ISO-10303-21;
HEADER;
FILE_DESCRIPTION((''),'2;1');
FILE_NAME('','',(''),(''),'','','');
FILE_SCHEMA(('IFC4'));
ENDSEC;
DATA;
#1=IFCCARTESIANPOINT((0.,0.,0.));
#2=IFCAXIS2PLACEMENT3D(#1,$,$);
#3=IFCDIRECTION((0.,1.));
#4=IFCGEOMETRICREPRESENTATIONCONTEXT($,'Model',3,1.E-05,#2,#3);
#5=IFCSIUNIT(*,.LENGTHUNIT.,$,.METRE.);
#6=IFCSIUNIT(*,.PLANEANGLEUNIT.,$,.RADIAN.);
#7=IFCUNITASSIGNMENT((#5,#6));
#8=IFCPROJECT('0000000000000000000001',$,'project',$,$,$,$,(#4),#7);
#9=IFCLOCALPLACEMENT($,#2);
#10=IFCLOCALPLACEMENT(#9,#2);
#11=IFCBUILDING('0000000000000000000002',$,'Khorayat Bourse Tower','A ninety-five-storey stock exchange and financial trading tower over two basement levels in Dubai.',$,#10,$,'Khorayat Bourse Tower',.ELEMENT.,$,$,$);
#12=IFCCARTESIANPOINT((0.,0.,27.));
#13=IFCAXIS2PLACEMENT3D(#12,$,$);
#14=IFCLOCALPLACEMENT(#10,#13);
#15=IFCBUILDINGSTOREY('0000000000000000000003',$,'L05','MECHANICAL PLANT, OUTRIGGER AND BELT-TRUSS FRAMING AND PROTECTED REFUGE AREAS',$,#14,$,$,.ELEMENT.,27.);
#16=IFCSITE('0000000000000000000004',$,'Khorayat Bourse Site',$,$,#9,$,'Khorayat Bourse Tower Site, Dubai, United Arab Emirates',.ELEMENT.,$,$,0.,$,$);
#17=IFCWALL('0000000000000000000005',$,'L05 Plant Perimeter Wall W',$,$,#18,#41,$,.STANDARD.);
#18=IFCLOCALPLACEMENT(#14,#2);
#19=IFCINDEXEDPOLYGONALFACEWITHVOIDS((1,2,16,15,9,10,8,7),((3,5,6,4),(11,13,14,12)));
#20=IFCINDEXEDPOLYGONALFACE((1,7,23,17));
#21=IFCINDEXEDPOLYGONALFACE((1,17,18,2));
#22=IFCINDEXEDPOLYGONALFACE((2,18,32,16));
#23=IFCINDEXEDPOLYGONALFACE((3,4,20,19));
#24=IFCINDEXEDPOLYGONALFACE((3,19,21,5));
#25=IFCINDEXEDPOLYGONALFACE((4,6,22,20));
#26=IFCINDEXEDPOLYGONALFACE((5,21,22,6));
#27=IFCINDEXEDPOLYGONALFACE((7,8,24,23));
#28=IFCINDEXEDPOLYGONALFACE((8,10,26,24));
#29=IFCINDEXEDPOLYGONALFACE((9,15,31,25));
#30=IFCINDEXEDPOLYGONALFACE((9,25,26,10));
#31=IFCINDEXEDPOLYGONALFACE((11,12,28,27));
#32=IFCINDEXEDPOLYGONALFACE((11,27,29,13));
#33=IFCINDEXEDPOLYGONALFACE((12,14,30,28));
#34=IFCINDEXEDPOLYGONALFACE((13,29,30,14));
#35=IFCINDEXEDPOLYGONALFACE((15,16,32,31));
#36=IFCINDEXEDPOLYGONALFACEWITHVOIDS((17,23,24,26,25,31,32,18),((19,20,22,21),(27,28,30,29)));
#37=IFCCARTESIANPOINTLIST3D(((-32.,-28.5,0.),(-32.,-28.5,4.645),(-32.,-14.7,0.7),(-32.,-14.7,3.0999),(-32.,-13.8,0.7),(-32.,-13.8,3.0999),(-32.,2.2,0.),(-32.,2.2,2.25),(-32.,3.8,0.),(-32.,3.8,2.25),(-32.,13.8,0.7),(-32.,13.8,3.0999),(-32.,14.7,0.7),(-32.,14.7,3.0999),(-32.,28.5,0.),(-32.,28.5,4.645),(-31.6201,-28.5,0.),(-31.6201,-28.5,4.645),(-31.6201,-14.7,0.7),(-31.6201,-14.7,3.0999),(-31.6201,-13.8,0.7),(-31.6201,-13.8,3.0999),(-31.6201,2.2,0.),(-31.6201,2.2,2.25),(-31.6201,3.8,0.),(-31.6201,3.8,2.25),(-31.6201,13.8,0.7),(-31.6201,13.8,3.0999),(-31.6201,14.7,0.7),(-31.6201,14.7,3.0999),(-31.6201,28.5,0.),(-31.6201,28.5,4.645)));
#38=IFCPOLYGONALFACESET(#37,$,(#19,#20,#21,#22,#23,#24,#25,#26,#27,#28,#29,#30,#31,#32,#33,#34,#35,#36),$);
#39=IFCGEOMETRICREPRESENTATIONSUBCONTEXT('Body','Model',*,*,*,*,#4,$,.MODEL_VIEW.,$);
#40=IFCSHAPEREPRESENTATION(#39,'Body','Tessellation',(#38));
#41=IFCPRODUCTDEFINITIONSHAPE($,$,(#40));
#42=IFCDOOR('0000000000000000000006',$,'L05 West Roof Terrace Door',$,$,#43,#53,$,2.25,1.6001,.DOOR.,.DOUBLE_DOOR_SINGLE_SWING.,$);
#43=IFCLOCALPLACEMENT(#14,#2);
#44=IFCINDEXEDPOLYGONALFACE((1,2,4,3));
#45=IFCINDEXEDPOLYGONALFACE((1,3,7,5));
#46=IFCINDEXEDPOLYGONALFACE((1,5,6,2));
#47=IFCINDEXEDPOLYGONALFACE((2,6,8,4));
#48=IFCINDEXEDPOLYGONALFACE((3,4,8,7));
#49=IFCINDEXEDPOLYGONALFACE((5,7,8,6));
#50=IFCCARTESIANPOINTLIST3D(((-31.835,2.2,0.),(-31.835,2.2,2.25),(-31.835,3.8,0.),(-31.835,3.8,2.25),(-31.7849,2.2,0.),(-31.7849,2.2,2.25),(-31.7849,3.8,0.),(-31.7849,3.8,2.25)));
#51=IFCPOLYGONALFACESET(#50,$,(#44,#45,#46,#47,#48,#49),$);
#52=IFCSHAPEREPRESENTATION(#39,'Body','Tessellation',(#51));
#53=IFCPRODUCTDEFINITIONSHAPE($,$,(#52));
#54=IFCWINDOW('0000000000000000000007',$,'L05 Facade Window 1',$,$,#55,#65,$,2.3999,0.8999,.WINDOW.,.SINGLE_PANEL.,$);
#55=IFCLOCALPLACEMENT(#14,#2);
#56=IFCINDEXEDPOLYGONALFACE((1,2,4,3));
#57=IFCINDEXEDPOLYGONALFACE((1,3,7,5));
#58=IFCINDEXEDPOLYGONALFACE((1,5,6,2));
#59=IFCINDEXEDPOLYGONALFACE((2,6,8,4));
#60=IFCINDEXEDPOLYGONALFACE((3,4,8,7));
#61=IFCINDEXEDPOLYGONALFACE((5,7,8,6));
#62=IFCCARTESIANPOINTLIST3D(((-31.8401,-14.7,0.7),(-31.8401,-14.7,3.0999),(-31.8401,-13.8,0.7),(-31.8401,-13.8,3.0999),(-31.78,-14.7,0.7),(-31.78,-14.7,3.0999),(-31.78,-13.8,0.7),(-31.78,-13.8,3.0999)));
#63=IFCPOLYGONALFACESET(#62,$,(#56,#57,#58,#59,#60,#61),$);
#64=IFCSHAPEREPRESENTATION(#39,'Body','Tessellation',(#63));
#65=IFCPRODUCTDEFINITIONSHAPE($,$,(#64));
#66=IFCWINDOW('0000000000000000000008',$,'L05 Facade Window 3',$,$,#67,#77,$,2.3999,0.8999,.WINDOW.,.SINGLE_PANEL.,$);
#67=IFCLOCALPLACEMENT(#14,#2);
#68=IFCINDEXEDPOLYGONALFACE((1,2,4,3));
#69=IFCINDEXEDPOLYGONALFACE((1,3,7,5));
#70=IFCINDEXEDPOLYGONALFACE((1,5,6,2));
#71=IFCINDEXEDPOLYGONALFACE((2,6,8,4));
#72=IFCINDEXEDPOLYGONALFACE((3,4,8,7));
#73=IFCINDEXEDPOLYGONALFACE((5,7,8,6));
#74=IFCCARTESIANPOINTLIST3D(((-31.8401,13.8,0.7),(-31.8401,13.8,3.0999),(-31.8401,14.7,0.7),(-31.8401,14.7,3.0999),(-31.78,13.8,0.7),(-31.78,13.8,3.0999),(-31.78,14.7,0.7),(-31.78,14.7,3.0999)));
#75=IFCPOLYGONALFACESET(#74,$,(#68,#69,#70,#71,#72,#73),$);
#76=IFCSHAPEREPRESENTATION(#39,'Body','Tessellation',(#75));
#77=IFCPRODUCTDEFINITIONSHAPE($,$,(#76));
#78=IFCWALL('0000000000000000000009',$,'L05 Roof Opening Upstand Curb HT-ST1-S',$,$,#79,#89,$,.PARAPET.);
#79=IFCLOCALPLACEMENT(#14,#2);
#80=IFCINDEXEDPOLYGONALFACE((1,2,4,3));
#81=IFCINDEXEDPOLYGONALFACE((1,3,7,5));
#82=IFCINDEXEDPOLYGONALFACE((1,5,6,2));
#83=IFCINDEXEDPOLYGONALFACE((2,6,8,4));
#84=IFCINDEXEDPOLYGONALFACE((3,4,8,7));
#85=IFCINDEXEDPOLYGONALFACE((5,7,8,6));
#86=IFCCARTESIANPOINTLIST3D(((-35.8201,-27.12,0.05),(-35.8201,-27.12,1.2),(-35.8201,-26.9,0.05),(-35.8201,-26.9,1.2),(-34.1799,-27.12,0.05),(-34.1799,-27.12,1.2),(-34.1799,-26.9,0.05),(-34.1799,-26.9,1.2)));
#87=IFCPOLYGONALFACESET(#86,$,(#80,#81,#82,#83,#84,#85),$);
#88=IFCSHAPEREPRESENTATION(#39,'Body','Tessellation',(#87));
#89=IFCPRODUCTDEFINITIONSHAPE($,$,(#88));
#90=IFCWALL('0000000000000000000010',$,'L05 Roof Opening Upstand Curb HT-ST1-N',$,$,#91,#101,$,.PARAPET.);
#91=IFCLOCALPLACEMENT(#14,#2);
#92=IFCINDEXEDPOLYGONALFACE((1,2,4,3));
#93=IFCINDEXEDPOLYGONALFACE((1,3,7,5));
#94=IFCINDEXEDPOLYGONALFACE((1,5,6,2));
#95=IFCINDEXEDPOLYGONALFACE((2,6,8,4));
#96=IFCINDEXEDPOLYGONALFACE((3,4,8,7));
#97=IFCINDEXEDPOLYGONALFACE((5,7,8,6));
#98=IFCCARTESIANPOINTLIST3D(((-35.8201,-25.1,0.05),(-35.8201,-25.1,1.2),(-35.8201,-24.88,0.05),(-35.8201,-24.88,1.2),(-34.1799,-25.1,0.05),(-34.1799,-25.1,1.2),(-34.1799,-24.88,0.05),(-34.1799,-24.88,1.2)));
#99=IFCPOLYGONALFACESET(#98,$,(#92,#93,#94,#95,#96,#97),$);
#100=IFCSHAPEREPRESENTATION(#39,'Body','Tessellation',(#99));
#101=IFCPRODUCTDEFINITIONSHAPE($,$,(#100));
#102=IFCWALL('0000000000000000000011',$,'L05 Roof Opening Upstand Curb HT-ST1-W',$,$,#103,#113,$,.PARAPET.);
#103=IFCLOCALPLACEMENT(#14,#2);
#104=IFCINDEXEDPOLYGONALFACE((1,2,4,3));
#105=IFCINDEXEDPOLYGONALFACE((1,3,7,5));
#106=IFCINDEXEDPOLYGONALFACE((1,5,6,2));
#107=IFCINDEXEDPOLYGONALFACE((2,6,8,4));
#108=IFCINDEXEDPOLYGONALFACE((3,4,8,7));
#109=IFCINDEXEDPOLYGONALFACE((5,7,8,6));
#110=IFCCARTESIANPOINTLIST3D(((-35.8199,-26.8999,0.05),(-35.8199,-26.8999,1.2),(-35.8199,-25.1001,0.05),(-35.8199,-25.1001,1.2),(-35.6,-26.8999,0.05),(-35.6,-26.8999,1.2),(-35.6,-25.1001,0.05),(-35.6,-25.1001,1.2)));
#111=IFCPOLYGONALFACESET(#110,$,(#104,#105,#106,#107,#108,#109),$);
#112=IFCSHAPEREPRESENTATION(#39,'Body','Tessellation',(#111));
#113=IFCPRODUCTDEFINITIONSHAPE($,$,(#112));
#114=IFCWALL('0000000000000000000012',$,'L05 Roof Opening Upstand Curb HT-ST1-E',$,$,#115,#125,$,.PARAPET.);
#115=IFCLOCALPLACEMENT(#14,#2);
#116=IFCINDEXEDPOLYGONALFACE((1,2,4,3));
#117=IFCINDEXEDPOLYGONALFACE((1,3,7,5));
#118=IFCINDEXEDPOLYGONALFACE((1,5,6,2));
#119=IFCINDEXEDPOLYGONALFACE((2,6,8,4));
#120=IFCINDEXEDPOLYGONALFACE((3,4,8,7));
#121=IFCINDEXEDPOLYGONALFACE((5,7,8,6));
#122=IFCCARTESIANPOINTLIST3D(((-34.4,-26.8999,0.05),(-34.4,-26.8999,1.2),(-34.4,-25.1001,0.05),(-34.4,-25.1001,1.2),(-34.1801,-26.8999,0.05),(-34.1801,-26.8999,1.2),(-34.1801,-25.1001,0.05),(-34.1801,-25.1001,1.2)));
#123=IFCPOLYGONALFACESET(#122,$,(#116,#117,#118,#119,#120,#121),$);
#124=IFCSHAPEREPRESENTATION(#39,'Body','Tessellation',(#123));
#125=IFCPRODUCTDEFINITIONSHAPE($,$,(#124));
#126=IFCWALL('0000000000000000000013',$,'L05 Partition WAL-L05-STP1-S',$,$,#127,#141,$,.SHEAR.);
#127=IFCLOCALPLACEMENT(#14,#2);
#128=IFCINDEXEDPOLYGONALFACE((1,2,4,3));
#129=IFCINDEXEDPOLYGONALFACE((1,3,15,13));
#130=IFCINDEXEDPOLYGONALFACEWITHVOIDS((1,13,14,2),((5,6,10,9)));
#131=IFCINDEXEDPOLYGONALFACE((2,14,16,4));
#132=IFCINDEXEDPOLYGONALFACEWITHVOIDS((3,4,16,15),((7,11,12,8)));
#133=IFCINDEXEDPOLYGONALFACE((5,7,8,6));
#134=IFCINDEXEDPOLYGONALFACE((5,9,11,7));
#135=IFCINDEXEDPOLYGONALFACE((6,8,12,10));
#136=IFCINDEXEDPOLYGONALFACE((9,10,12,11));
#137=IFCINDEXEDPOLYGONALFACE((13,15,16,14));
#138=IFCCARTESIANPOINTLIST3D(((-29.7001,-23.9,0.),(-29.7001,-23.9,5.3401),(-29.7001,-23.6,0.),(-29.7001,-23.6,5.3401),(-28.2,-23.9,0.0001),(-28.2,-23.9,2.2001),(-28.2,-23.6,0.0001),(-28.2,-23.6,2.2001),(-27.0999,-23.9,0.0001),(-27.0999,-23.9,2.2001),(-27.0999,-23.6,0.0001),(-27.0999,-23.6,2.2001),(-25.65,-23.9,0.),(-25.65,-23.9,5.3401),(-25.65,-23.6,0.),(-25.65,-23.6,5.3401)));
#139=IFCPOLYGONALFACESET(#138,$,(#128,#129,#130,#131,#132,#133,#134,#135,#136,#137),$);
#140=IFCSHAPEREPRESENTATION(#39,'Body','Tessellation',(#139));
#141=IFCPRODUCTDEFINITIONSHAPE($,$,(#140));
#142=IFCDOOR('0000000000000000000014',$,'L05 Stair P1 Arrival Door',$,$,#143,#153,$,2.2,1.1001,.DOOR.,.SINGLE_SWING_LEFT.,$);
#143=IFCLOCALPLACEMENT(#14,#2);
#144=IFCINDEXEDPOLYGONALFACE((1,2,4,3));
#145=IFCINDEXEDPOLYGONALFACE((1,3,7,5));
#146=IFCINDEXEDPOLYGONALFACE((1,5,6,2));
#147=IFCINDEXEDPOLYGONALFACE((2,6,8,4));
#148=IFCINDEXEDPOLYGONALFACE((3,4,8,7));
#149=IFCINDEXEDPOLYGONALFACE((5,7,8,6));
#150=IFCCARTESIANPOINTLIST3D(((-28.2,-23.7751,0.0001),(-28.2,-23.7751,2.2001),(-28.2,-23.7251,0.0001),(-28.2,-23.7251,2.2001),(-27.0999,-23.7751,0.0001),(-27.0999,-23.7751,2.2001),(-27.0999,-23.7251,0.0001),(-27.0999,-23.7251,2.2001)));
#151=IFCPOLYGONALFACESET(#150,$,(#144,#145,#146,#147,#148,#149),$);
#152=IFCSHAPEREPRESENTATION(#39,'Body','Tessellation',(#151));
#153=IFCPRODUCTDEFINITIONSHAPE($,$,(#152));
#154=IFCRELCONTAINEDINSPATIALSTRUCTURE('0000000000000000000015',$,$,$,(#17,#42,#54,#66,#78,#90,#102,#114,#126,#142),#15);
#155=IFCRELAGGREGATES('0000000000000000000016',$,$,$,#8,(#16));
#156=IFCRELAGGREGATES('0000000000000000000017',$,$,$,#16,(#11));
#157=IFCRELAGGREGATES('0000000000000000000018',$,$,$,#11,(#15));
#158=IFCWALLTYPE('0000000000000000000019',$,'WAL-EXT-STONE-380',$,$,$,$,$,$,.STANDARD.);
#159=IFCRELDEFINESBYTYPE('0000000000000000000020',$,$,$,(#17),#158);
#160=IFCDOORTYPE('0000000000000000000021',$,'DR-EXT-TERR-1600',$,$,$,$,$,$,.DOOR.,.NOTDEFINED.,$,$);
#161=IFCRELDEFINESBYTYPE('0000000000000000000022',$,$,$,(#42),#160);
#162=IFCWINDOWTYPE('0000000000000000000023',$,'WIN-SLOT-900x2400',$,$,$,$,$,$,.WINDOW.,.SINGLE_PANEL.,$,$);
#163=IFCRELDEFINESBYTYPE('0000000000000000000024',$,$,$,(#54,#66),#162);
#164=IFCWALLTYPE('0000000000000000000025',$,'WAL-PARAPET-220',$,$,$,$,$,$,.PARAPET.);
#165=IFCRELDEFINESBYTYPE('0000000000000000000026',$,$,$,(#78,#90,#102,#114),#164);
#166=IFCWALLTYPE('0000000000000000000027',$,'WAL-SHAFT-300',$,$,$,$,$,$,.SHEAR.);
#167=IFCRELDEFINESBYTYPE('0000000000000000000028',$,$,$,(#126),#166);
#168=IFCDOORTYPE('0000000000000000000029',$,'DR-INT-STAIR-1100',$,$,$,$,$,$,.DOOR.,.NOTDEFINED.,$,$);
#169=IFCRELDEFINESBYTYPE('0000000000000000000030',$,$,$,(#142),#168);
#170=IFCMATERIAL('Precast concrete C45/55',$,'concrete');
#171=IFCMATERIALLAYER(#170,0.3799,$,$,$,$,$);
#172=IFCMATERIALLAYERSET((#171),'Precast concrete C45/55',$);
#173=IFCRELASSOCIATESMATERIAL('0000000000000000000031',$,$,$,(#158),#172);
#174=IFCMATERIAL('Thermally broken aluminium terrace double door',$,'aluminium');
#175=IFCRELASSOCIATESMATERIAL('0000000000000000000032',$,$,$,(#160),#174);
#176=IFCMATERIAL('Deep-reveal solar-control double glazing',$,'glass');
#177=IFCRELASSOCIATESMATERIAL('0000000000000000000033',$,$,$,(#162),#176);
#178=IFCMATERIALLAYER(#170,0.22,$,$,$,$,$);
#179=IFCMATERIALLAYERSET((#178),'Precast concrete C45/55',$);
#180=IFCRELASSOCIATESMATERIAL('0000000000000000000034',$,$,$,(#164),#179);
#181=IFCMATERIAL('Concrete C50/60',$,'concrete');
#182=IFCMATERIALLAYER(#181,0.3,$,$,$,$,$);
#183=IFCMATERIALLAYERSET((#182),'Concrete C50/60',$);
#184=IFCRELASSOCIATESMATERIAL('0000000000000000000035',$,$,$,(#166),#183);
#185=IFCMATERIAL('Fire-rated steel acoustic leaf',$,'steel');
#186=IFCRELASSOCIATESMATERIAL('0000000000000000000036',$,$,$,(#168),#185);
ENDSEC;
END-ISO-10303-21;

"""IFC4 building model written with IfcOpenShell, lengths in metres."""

from ifc_helpers import new_model, si_unit, direction, frame, frame_2d, origin, place, context, subcontext, project, spatial, rectangle, extrude, source, transform, mapped, material, layer, layer_set, type_object, element, fill, save


model = new_model("IFC4")

# Units and contexts
model_context = context("Model", 3, precision=1e-05, world=origin(), true_north=direction((0.0, 1.0)))
body_context = subcontext(model_context, "Body", "Model", "MODEL_VIEW")
ifc_project = project(units=[si_unit("LENGTHUNIT", "METRE"), si_unit("PLANEANGLEUNIT", "RADIAN")], contexts=[model_context])

# Site, building, storey
site_placement = place(None, origin())
site = spatial("IfcSite", under=ifc_project, at=site_placement, Name="Khorayat Bourse Site", LongName="Khorayat Bourse Tower Site, Dubai, United Arab Emirates", CompositionType="ELEMENT", RefElevation=0.0)
building_placement = place(site_placement, origin())
building = spatial("IfcBuilding", under=site, at=building_placement, Name="Khorayat Bourse Tower", Description="A ninety-five-storey stock exchange and financial trading tower over two basement levels in Dubai.", LongName="Khorayat Bourse Tower", CompositionType="ELEMENT")
storey_placement = place(building_placement, frame((0.0, 0.0, 27.0)))
storey = spatial("IfcBuildingStorey", under=building, at=storey_placement, Name="L05", Description="MECHANICAL PLANT, OUTRIGGER AND BELT-TRUSS FRAMING AND PROTECTED REFUGE AREAS", CompositionType="ELEMENT", Elevation=27.0)

# Wall, openings, door, windows
ifc_material_1 = material(Name="Precast concrete C45/55", Category="concrete")
ifc_layer_1 = layer(ifc_material_1, 0.3799)
ifc_layer_set_1 = layer_set([ifc_layer_1], Name="Precast concrete C45/55")
wall_type_1 = type_object("IfcWallType", Name="WAL-EXT-STONE-380", PredefinedType="STANDARD", material=ifc_layer_set_1)
shared_shape_1 = source(origin(), body_context, "Body", "SweptSolid", [
    extrude(rectangle(XDim=57.0, YDim=0.3799, at=frame_2d((28.5, 0.0))), origin(), (0.0, 0.0, 1.0), 4.645),
])
wall_1_placement = place(storey_placement, frame((-31.8101, -28.5, 0.0), z_axis=(0.0, 0.0, 1.0), x_axis=(0.0, 1.0, 0.0)))
wall_1 = element("IfcWall", 1, at=wall_1_placement, inside=storey, type_object=wall_type_1, Name="L05 Plant Perimeter Wall W", PredefinedType="STANDARD", context=body_context, shape_type="MappedRepresentation", body=[
    mapped(shared_shape_1, transform((0.0, 0.0, 0.0), scale=1.0)),
])
shared_shape_2 = source(origin(), body_context, "Body", "SweptSolid", [
    extrude(rectangle(XDim=1.6001, YDim=2.25, at=frame_2d((0.8, 1.125))), frame((0.0, 0.2, 0.0), z_axis=(0.0, -1.0, 0.0), x_axis=(1.0, 0.0, 0.0)), (0.0, 0.0, 1.0), 0.3999),
])
opening_1_placement = place(wall_1_placement, frame((30.7, 0.0, 0.0)))
opening_1 = element("IfcOpeningElement", 2, at=opening_1_placement, cuts=wall_1, PredefinedType="OPENING", context=body_context, shape_type="MappedRepresentation", body=[
    mapped(shared_shape_2, transform((0.0, 0.0, 0.0), scale=1.0)),
])
shared_shape_3 = source(origin(), body_context, "Body", "SweptSolid", [
    extrude(rectangle(XDim=0.8999, YDim=2.3999, at=frame_2d((0.45, 1.2))), frame((0.0, 0.2, 0.0), z_axis=(0.0, -1.0, 0.0), x_axis=(1.0, 0.0, 0.0)), (0.0, 0.0, 1.0), 0.3999),
])
opening_2_placement = place(wall_1_placement, frame((13.8, 0.0, 0.7)))
opening_2 = element("IfcOpeningElement", 3, at=opening_2_placement, cuts=wall_1, PredefinedType="OPENING", context=body_context, shape_type="MappedRepresentation", body=[
    mapped(shared_shape_3, transform((0.0, 0.0, 0.0), scale=1.0)),
])
opening_3_placement = place(wall_1_placement, frame((42.3, 0.0, 0.7)))
opening_3 = element("IfcOpeningElement", 4, at=opening_3_placement, cuts=wall_1, PredefinedType="OPENING", context=body_context, shape_type="MappedRepresentation", body=[
    mapped(shared_shape_3, transform((0.0, 0.0, 0.0), scale=1.0)),
])
ifc_material_2 = material(Name="Thermally broken aluminium terrace double door", Category="aluminium")
door_type_1 = type_object("IfcDoorType", Name="DR-EXT-TERR-1600", OperationType="NOTDEFINED", PredefinedType="DOOR", material=ifc_material_2)
shared_shape_4 = source(origin(), body_context, "Body", "SweptSolid", [
    extrude(rectangle(XDim=1.6001, YDim=2.25, at=frame_2d((0.8, 1.125))), frame((0.0, 0.0249, 0.0), z_axis=(0.0, -1.0, 0.0), x_axis=(1.0, 0.0, 0.0)), (0.0, 0.0, 1.0), 0.05),
])
door_1_placement = place(opening_1_placement, origin())
door_1 = element("IfcDoor", 5, at=door_1_placement, inside=storey, type_object=door_type_1, Name="L05 West Roof Terrace Door", OperationType="DOUBLE_DOOR_SINGLE_SWING", OverallHeight=2.25, OverallWidth=1.6001, PredefinedType="DOOR", context=body_context, shape_type="MappedRepresentation", body=[
    mapped(shared_shape_4, transform((0.0, 0.0, 0.0), scale=1.0)),
])
fill(opening_1, door_1)
ifc_material_3 = material(Name="Deep-reveal solar-control double glazing", Category="glass")
window_type = type_object("IfcWindowType", Name="WIN-SLOT-900x2400", PartitioningType="SINGLE_PANEL", PredefinedType="WINDOW", material=ifc_material_3)
shared_shape_5 = source(origin(), body_context, "Body", "SweptSolid", [
    extrude(rectangle(XDim=0.8999, YDim=2.3999, at=frame_2d((0.45, 1.2))), frame((0.0, 0.03, 0.0), z_axis=(0.0, -1.0, 0.0), x_axis=(1.0, 0.0, 0.0)), (0.0, 0.0, 1.0), 0.0601),
])
window_1_placement = place(opening_2_placement, origin())
window_1 = element("IfcWindow", 6, at=window_1_placement, inside=storey, type_object=window_type, Name="L05 Facade Window 1", OverallHeight=2.3999, OverallWidth=0.8999, PartitioningType="SINGLE_PANEL", PredefinedType="WINDOW", context=body_context, shape_type="MappedRepresentation", body=[
    mapped(shared_shape_5, transform((0.0, 0.0, 0.0), scale=1.0)),
])
fill(opening_2, window_1)
window_2_placement = place(opening_3_placement, origin())
window_2 = element("IfcWindow", 7, at=window_2_placement, inside=storey, type_object=window_type, Name="L05 Facade Window 3", OverallHeight=2.3999, OverallWidth=0.8999, PartitioningType="SINGLE_PANEL", PredefinedType="WINDOW", context=body_context, shape_type="MappedRepresentation", body=[
    mapped(shared_shape_5, transform((0.0, 0.0, 0.0), scale=1.0)),
])
fill(opening_3, window_2)

# Walls
ifc_layer_2 = layer(ifc_material_1, 0.22)
ifc_layer_set_2 = layer_set([ifc_layer_2], Name="Precast concrete C45/55")
wall_type_2 = type_object("IfcWallType", Name="WAL-PARAPET-220", PredefinedType="PARAPET", material=ifc_layer_set_2)
shared_shape_6 = source(origin(), body_context, "Body", "SweptSolid", [
    extrude(rectangle(XDim=1.6401, YDim=0.22, at=frame_2d((0.8201, 0.0))), origin(), (0.0, 0.0, 1.0), 1.1499),
])
for number, where, z_axis, x_axis, name in (
    (8, (-35.8201, -27.01, 0.05), (0.0, 0.0, 1.0), (1.0, 0.0, 0.0), "L05 Roof Opening Upstand Curb HT-ST1-S"),
    (9, (-35.8201, -24.99, 0.05), (0.0, 0.0, 1.0), (1.0, 0.0, 0.0), "L05 Roof Opening Upstand Curb HT-ST1-N"),
):
    element("IfcWall", number, at=place(storey_placement, frame(where, z_axis=z_axis, x_axis=x_axis)), inside=storey, type_object=wall_type_2, Name=name, PredefinedType="PARAPET", context=body_context, shape_type="MappedRepresentation", body=[
        mapped(shared_shape_6, transform((0.0, 0.0, 0.0), scale=1.0)),
    ])
shared_shape_7 = source(origin(), body_context, "Body", "SweptSolid", [
    extrude(rectangle(XDim=1.7998, YDim=0.22, at=frame_2d((0.8999, 0.0))), origin(), (0.0, 0.0, 1.0), 1.1499),
])
for number, where, z_axis, x_axis, name in (
    (10, (-35.71, -26.8999, 0.05), (0.0, 0.0, 1.0), (0.0, 1.0, 0.0), "L05 Roof Opening Upstand Curb HT-ST1-W"),
    (11, (-34.29, -26.8999, 0.05), (0.0, 0.0, 1.0), (0.0, 1.0, 0.0), "L05 Roof Opening Upstand Curb HT-ST1-E"),
):
    element("IfcWall", number, at=place(storey_placement, frame(where, z_axis=z_axis, x_axis=x_axis)), inside=storey, type_object=wall_type_2, Name=name, PredefinedType="PARAPET", context=body_context, shape_type="MappedRepresentation", body=[
        mapped(shared_shape_7, transform((0.0, 0.0, 0.0), scale=1.0)),
    ])

# Wall, opening, door
ifc_material_4 = material(Name="Concrete C50/60", Category="concrete")
ifc_layer_3 = layer(ifc_material_4, 0.3)
ifc_layer_set_3 = layer_set([ifc_layer_3], Name="Concrete C50/60")
wall_type_3 = type_object("IfcWallType", Name="WAL-SHAFT-300", PredefinedType="SHEAR", material=ifc_layer_set_3)
shared_shape_8 = source(origin(), body_context, "Body", "SweptSolid", [
    extrude(rectangle(XDim=4.05, YDim=0.3, at=frame_2d((2.0249, 0.0))), origin(), (0.0, 0.0, 1.0), 5.3401),
])
wall_2_placement = place(storey_placement, frame((-29.7, -23.75, 0.0), z_axis=(0.0, 0.0, 1.0), x_axis=(1.0, 0.0, 0.0)))
wall_2 = element("IfcWall", 12, at=wall_2_placement, inside=storey, type_object=wall_type_3, Name="L05 Partition WAL-L05-STP1-S", PredefinedType="SHEAR", context=body_context, shape_type="MappedRepresentation", body=[
    mapped(shared_shape_8, transform((0.0, 0.0, 0.0), scale=1.0)),
])
shared_shape_9 = source(origin(), body_context, "Body", "SweptSolid", [
    extrude(rectangle(XDim=1.1001, YDim=2.2, at=frame_2d((0.55, 1.1001))), frame((0.0, 0.1599, 0.0), z_axis=(0.0, -1.0, 0.0), x_axis=(1.0, 0.0, 0.0)), (0.0, 0.0, 1.0), 0.3201),
])
opening_4_placement = place(wall_2_placement, frame((1.5, 0.0, 0.0)))
opening_4 = element("IfcOpeningElement", 13, at=opening_4_placement, cuts=wall_2, PredefinedType="OPENING", context=body_context, shape_type="MappedRepresentation", body=[
    mapped(shared_shape_9, transform((0.0, 0.0, 0.0), scale=1.0)),
])
ifc_material_5 = material(Name="Fire-rated steel acoustic leaf", Category="steel")
door_type_2 = type_object("IfcDoorType", Name="DR-INT-STAIR-1100", OperationType="NOTDEFINED", PredefinedType="DOOR", material=ifc_material_5)
shared_shape_10 = source(origin(), body_context, "Body", "SweptSolid", [
    extrude(rectangle(XDim=1.1001, YDim=2.2, at=frame_2d((0.55, 1.1001))), frame((0.0, 0.0249, 0.0), z_axis=(0.0, -1.0, 0.0), x_axis=(1.0, 0.0, 0.0)), (0.0, 0.0, 1.0), 0.05),
])
door_2_placement = place(opening_4_placement, origin())
door_2 = element("IfcDoor", 14, at=door_2_placement, inside=storey, type_object=door_type_2, Name="L05 Stair P1 Arrival Door", OperationType="SINGLE_SWING_LEFT", OverallHeight=2.2, OverallWidth=1.1001, PredefinedType="DOOR", context=body_context, shape_type="MappedRepresentation", body=[
    mapped(shared_shape_10, transform((0.0, 0.0, 0.0), scale=1.0)),
])
fill(opening_4, door_2)

save(model, "model.ifc")
